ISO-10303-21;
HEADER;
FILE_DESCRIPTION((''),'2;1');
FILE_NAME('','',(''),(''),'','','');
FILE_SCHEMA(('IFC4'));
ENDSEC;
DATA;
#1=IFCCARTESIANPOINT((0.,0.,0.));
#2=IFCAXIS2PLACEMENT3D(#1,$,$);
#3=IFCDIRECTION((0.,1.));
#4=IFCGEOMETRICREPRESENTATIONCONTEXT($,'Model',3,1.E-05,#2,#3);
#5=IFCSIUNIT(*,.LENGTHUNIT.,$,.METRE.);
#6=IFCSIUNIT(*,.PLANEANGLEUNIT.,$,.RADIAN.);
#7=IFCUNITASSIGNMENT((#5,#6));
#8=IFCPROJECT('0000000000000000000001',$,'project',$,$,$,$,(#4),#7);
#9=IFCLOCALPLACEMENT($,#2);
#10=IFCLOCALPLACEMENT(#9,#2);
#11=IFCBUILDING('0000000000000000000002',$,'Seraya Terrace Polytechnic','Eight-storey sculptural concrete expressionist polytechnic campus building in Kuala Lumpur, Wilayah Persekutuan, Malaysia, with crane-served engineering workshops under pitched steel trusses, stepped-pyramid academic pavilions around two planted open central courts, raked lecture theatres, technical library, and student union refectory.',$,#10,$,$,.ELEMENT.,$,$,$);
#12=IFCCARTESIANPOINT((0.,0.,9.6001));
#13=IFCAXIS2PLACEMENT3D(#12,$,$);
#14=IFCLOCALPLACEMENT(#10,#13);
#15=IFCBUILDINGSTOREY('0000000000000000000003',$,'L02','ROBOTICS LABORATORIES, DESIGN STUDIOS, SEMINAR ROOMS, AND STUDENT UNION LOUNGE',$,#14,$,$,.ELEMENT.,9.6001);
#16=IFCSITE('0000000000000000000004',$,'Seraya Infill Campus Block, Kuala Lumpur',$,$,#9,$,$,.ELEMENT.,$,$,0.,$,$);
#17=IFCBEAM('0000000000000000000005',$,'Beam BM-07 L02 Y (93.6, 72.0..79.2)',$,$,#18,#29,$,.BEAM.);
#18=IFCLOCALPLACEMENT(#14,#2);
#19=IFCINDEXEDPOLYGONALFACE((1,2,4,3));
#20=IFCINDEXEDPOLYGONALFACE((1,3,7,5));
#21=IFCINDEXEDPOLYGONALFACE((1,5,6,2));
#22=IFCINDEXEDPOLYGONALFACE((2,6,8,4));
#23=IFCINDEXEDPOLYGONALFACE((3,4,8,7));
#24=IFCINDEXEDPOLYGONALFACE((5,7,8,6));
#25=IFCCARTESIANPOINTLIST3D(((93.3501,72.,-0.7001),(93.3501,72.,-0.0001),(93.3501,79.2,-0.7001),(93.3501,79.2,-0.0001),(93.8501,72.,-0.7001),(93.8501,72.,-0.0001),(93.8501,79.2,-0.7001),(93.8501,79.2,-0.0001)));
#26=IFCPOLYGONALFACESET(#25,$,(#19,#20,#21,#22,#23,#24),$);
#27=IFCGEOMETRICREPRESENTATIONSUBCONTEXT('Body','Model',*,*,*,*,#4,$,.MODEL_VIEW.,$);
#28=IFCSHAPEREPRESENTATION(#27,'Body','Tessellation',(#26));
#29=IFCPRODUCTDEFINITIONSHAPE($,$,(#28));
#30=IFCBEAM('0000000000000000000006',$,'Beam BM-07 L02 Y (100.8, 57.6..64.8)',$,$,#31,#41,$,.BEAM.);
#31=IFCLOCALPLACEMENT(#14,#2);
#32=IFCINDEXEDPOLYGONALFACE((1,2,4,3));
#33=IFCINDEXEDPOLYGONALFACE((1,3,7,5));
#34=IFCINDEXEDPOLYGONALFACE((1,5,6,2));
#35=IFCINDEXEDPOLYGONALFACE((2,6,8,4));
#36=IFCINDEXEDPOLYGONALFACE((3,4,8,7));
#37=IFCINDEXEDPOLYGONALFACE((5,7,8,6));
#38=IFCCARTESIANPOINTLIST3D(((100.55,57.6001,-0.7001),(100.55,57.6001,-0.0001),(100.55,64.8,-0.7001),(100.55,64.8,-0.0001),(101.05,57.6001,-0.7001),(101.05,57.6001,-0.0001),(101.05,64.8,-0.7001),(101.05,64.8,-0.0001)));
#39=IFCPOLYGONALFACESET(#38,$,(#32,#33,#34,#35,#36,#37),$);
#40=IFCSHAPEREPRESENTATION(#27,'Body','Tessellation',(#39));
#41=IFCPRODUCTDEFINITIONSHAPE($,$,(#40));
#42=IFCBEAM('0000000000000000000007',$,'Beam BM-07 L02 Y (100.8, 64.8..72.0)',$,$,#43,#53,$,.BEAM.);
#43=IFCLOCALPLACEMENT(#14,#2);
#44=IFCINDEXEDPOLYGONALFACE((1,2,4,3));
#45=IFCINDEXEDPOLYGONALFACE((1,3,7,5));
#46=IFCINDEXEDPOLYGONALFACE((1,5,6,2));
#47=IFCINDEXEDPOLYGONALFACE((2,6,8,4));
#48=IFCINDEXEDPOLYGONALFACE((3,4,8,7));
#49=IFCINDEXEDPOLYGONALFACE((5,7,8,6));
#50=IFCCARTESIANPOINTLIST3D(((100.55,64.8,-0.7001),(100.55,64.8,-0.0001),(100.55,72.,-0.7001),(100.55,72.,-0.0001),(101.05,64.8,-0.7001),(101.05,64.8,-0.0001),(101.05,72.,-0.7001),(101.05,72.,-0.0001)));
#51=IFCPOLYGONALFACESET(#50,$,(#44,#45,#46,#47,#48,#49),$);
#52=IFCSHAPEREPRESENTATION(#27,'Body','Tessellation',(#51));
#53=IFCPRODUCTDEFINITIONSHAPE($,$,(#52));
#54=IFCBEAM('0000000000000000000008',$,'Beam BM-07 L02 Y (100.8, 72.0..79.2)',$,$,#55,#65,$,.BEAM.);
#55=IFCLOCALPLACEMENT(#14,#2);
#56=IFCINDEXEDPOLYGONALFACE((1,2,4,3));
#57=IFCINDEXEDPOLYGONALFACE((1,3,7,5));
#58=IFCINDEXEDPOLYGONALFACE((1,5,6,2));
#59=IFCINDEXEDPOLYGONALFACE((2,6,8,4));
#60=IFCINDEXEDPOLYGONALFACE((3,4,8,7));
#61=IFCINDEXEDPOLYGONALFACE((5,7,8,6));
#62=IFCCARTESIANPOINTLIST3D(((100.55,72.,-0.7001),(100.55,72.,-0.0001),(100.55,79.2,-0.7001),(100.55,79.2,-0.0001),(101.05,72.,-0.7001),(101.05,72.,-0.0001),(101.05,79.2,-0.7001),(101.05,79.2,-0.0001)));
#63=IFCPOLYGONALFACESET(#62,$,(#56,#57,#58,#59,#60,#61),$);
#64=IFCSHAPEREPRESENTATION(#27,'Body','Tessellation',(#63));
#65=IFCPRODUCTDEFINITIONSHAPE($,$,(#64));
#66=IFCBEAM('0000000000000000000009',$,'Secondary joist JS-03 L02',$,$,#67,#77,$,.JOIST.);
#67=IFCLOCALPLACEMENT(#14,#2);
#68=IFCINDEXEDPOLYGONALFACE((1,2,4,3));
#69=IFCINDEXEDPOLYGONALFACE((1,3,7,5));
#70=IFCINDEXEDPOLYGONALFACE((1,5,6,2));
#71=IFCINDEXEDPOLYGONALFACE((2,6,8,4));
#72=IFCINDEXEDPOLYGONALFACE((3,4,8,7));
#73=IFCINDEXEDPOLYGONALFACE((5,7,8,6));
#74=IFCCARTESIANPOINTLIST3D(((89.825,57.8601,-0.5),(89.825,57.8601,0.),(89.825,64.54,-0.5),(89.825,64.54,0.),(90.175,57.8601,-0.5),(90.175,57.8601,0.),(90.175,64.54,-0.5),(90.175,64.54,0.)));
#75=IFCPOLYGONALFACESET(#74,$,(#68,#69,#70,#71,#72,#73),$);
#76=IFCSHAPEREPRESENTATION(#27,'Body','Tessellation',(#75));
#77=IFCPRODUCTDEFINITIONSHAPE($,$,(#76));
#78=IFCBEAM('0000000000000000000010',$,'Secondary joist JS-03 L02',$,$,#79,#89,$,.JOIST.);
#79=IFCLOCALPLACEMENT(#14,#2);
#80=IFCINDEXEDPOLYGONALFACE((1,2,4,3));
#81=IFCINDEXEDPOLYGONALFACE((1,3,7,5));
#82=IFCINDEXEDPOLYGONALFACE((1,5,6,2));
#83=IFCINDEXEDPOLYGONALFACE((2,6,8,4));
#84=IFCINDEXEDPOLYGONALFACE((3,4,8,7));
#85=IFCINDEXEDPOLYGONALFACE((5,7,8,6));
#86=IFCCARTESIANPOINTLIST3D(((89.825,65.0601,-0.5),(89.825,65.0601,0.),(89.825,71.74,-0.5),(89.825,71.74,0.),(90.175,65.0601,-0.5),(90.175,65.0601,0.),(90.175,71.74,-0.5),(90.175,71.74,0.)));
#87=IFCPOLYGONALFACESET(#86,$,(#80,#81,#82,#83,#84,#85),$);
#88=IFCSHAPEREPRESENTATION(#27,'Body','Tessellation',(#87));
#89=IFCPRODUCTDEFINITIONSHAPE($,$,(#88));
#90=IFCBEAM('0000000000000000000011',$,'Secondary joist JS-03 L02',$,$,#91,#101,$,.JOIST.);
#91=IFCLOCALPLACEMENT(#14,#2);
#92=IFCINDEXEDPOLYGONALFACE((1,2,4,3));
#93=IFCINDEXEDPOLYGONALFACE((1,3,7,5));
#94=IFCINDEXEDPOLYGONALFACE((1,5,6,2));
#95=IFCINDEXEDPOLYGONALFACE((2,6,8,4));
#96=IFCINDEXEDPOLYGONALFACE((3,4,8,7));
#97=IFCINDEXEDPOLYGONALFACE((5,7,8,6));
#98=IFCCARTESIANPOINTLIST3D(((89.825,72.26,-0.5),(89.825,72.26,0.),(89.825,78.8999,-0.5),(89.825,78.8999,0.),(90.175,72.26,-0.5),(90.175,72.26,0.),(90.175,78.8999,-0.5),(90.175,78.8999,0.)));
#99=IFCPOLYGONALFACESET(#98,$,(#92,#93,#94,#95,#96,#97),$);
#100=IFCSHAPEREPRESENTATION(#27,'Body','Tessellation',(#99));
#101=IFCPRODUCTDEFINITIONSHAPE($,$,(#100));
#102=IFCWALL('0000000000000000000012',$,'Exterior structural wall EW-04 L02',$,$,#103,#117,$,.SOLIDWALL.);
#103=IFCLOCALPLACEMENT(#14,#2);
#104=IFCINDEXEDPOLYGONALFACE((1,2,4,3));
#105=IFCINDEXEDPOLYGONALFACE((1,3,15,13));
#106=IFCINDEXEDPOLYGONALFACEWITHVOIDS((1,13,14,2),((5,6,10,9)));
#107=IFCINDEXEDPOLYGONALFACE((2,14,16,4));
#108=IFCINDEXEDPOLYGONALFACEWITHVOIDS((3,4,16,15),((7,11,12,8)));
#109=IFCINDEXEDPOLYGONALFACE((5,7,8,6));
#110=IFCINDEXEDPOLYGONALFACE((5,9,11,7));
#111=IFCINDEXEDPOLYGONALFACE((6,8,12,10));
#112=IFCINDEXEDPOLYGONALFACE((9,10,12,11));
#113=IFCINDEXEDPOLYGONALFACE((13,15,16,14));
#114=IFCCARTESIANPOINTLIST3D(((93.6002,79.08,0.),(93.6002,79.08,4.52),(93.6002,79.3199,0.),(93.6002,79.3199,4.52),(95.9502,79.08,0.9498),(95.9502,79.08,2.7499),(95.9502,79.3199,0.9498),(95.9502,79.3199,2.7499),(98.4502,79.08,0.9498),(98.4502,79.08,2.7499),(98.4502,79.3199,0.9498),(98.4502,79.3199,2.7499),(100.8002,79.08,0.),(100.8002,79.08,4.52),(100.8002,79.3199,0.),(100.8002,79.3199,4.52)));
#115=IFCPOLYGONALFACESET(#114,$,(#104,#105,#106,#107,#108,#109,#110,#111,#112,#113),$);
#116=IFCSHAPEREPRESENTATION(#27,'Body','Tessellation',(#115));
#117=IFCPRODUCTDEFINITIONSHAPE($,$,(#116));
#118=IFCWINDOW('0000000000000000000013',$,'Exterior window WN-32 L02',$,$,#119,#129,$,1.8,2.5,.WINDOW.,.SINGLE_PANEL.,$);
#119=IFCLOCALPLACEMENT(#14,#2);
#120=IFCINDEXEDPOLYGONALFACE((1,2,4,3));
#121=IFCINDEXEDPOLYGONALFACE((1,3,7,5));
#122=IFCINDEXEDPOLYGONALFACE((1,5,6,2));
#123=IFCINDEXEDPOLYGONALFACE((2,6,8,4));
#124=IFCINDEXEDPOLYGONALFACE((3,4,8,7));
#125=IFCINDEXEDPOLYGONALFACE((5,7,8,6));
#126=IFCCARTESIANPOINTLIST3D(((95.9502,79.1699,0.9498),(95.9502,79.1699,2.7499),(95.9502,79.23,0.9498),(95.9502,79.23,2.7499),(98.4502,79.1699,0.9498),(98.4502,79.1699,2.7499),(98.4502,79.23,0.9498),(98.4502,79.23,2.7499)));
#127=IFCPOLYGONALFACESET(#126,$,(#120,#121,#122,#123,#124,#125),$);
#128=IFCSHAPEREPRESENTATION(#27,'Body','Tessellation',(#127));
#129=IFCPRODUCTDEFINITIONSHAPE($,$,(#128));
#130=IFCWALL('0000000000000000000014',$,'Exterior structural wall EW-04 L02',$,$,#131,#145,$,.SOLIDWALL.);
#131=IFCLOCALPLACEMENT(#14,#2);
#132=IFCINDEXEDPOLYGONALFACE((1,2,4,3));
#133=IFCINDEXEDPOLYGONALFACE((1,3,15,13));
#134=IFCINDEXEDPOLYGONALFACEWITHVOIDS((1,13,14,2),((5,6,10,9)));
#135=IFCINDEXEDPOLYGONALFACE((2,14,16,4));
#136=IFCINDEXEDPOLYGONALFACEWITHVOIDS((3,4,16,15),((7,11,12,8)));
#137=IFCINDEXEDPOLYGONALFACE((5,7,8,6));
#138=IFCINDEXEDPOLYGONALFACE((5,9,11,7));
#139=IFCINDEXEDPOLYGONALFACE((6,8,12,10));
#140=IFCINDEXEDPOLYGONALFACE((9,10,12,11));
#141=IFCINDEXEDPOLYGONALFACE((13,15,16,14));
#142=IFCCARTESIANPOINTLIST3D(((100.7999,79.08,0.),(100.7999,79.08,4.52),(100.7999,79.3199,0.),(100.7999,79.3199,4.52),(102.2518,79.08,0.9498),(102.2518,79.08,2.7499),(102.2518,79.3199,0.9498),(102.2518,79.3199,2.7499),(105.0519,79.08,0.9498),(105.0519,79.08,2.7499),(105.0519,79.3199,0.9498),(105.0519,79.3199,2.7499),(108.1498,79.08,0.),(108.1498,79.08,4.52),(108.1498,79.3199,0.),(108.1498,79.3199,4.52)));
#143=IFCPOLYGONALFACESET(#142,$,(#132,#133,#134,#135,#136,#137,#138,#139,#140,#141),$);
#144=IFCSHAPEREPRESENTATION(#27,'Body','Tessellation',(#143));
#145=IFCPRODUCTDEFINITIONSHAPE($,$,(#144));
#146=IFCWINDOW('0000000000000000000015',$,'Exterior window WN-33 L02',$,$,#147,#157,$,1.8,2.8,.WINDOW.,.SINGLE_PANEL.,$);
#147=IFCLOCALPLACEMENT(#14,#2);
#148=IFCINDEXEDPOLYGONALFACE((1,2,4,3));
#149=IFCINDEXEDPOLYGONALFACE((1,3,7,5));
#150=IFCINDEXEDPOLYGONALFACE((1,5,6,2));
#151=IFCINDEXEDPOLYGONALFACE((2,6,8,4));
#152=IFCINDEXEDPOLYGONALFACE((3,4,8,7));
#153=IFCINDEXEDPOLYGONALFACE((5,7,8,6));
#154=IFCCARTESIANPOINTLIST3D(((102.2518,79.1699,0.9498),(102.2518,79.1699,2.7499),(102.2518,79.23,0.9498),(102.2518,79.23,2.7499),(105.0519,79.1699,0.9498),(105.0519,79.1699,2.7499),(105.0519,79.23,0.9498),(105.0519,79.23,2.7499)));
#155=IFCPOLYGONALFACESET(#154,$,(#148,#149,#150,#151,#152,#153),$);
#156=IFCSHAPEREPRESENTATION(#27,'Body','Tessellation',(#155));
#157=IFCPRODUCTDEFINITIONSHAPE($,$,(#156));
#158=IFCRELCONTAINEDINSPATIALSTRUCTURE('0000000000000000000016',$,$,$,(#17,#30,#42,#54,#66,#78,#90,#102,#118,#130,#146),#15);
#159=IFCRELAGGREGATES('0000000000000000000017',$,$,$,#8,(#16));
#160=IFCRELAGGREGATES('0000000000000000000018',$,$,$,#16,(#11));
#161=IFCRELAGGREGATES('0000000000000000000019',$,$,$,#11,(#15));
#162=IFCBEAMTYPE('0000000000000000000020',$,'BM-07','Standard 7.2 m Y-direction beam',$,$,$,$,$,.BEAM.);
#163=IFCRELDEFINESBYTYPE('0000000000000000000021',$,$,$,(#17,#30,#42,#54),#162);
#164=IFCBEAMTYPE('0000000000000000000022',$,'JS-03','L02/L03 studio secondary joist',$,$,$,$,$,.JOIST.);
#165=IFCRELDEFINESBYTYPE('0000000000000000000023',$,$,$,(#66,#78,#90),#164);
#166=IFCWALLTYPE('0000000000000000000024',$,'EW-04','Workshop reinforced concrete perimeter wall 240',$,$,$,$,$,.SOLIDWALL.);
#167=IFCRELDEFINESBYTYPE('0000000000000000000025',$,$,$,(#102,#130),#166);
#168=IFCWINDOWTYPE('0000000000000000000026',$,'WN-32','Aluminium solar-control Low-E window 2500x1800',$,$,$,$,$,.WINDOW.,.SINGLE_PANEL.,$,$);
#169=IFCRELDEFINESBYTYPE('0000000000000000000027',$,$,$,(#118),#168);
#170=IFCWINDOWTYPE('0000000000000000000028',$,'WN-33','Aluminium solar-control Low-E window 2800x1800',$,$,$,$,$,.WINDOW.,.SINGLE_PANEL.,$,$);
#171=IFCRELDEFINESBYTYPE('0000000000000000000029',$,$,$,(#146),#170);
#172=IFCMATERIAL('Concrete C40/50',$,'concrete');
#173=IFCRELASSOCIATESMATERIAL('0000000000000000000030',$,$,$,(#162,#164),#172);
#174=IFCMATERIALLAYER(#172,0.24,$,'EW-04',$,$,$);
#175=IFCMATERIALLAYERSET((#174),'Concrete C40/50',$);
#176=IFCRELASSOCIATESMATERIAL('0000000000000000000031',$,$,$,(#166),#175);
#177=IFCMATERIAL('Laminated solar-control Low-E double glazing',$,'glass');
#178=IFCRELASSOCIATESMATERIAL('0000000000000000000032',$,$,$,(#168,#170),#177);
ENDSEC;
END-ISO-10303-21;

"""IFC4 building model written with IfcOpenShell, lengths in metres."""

from ifc_helpers import new_model, si_unit, direction, frame, frame_2d, origin, origin_2d, place, context, subcontext, project, spatial, rectangle, extrude, material, layer, layer_set, material_profile, profile_set, type_object, element, fill, save


model = new_model("IFC4")

# Units and contexts
model_context = context("Model", 3, precision=1e-05, world=origin(), true_north=direction((0.0, 1.0)))
body_context = subcontext(model_context, "Body", "Model", "MODEL_VIEW")
ifc_project = project(units=[si_unit("LENGTHUNIT", "METRE"), si_unit("PLANEANGLEUNIT", "RADIAN")], contexts=[model_context])

# Site, building, storey
site_placement = place(None, origin())
site = spatial("IfcSite", under=ifc_project, at=site_placement, Name="Seraya Infill Campus Block, Kuala Lumpur", CompositionType="ELEMENT", RefElevation=0.0)
building_placement = place(site_placement, origin())
building = spatial("IfcBuilding", under=site, at=building_placement, Name="Seraya Terrace Polytechnic", Description="Eight-storey sculptural concrete expressionist polytechnic campus building in Kuala Lumpur, Wilayah Persekutuan, Malaysia, with crane-served engineering workshops under pitched steel trusses, stepped-pyramid academic pavilions around two planted open central courts, raked lecture theatres, technical library, and student union refectory.", CompositionType="ELEMENT")
storey_placement = place(building_placement, frame((0.0, 0.0, 9.6001)))
storey = spatial("IfcBuildingStorey", under=building, at=storey_placement, Name="L02", Description="ROBOTICS LABORATORIES, DESIGN STUDIOS, SEMINAR ROOMS, AND STUDENT UNION LOUNGE", CompositionType="ELEMENT", Elevation=9.6001)

# Shared definitions
ifc_material_1 = material(Name="Concrete C40/50", Category="concrete")

# Beams
ifc_material_profile_1 = material_profile(ifc_material_1, rectangle(XDim=0.5, YDim=0.7, at=origin_2d()), Name="RC 500x700")
ifc_profile_set_1 = profile_set([ifc_material_profile_1], Name="Concrete C40/50")
beam_type_1 = type_object("IfcBeamType", Name="BM-07", Description="Standard 7.2 m Y-direction beam", PredefinedType="BEAM", material=ifc_profile_set_1)
for number, where, z_axis, x_axis, name in (
    (1, (93.6001, 72.0, -0.3501), (0.0, 1.0, 0.0), (-1.0, 0.0, 0.0), "Beam BM-07 L02 Y (93.6, 72.0..79.2)"),
    (2, (100.8, 57.6001, -0.3501), (0.0, 1.0, 0.0), (-1.0, 0.0, 0.0), "Beam BM-07 L02 Y (100.8, 57.6..64.8)"),
    (3, (100.8, 64.8, -0.3501), (0.0, 1.0, 0.0), (-1.0, 0.0, 0.0), "Beam BM-07 L02 Y (100.8, 64.8..72.0)"),
    (4, (100.8, 72.0, -0.3501), (0.0, 1.0, 0.0), (-1.0, 0.0, 0.0), "Beam BM-07 L02 Y (100.8, 72.0..79.2)"),
):
    element("IfcBeam", number, at=place(storey_placement, frame(where, z_axis=z_axis, x_axis=x_axis)), inside=storey, type_object=beam_type_1, Name=name, PredefinedType="BEAM", context=body_context, shape_type="SweptSolid", body=[
        extrude(rectangle(XDim=0.5, YDim=0.7, at=origin_2d()), origin(), (0.0, 0.0, 1.0), 7.2),
    ])
ifc_material_profile_2 = material_profile(ifc_material_1, rectangle(XDim=0.3501, YDim=0.5, at=origin_2d()), Name="RC 350x500")
ifc_profile_set_2 = profile_set([ifc_material_profile_2], Name="Concrete C40/50")
beam_type_2 = type_object("IfcBeamType", Name="JS-03", Description="L02/L03 studio secondary joist", PredefinedType="JOIST", material=ifc_profile_set_2)
for number, where, z_axis, x_axis, name in (
    (5, (90.0, 57.8601, -0.25), (0.0, 1.0, 0.0), (-1.0, 0.0, 0.0), "Secondary joist JS-03 L02"),
    (6, (90.0, 65.0601, -0.25), (0.0, 1.0, 0.0), (-1.0, 0.0, 0.0), "Secondary joist JS-03 L02"),
):
    element("IfcBeam", number, at=place(storey_placement, frame(where, z_axis=z_axis, x_axis=x_axis)), inside=storey, type_object=beam_type_2, Name=name, PredefinedType="JOIST", context=body_context, shape_type="SweptSolid", body=[
        extrude(rectangle(XDim=0.3501, YDim=0.5, at=origin_2d()), origin(), (0.0, 0.0, 1.0), 6.6799),
    ])
beam_placement = place(storey_placement, frame((90.0, 72.26, -0.25), z_axis=(0.0, 1.0, 0.0), x_axis=(-1.0, 0.0, 0.0)))
element("IfcBeam", 7, at=beam_placement, inside=storey, type_object=beam_type_2, Name="Secondary joist JS-03 L02", PredefinedType="JOIST", context=body_context, shape_type="SweptSolid", body=[
    extrude(rectangle(XDim=0.3501, YDim=0.5, at=origin_2d()), origin(), (0.0, 0.0, 1.0), 6.6399),
])

# Walls, openings, windows
ifc_layer = layer(ifc_material_1, 0.24, Name="EW-04")
ifc_layer_set = layer_set([ifc_layer], Name="Concrete C40/50")
wall_type = type_object("IfcWallType", Name="EW-04", Description="Workshop reinforced concrete perimeter wall 240", PredefinedType="SOLIDWALL", material=ifc_layer_set)
wall_1_placement = place(storey_placement, frame((93.6001, 79.2, 0.0), z_axis=(0.0, 0.0, 1.0), x_axis=(1.0, 0.0, 0.0)))
wall_1 = element("IfcWall", 8, at=wall_1_placement, inside=storey, type_object=wall_type, Name="Exterior structural wall EW-04 L02", PredefinedType="SOLIDWALL", context=body_context, shape_type="SweptSolid", body=[
    extrude(rectangle(XDim=7.2, YDim=0.24, at=frame_2d((3.6001, 0.0))), origin(), (0.0, 0.0, 1.0), 4.52),
])
opening_1_placement = place(wall_1_placement, frame((2.3501, 0.0, 0.95)))
opening_1 = element("IfcOpeningElement", 9, at=opening_1_placement, cuts=wall_1, PredefinedType="OPENING", context=body_context, shape_type="SweptSolid", body=[
    extrude(rectangle(XDim=2.5, YDim=1.8, at=frame_2d((1.25, 0.8999))), frame((0.0, 0.1318, 0.0), z_axis=(0.0, -1.0, 0.0), x_axis=(1.0, 0.0, 0.0)), (0.0, 0.0, 1.0), 0.2639),
])
ifc_material_2 = material(Name="Laminated solar-control Low-E double glazing", Category="glass")
window_type_1 = type_object("IfcWindowType", Name="WN-32", Description="Aluminium solar-control Low-E window 2500x1800", PartitioningType="SINGLE_PANEL", PredefinedType="WINDOW", material=ifc_material_2)
window_1_placement = place(opening_1_placement, origin())
window_1 = element("IfcWindow", 10, at=window_1_placement, inside=storey, type_object=window_type_1, Name="Exterior window WN-32 L02", OverallHeight=1.8, OverallWidth=2.5, PartitioningType="SINGLE_PANEL", PredefinedType="WINDOW", context=body_context, shape_type="SweptSolid", body=[
    extrude(rectangle(XDim=2.5, YDim=1.8, at=frame_2d((1.25, 0.8999))), frame((0.0, 0.03, 0.0), z_axis=(0.0, -1.0, 0.0), x_axis=(1.0, 0.0, 0.0)), (0.0, 0.0, 1.0), 0.0601),
])
fill(opening_1, window_1)
wall_2_placement = place(storey_placement, frame((100.8, 79.2, 0.0), z_axis=(0.0, 0.0, 1.0), x_axis=(1.0, 0.0, 0.0)))
wall_2 = element("IfcWall", 11, at=wall_2_placement, inside=storey, type_object=wall_type, Name="Exterior structural wall EW-04 L02", PredefinedType="SOLIDWALL", context=body_context, shape_type="SweptSolid", body=[
    extrude(rectangle(XDim=7.3499, YDim=0.24, at=frame_2d((3.6748, 0.0))), origin(), (0.0, 0.0, 1.0), 4.52),
])
opening_2_placement = place(wall_2_placement, frame((1.4519, 0.0, 0.95)))
opening_2 = element("IfcOpeningElement", 12, at=opening_2_placement, cuts=wall_2, PredefinedType="OPENING", context=body_context, shape_type="SweptSolid", body=[
    extrude(rectangle(XDim=2.8, YDim=1.8, at=frame_2d((1.3999, 0.8999))), frame((0.0, 0.1318, 0.0), z_axis=(0.0, -1.0, 0.0), x_axis=(1.0, 0.0, 0.0)), (0.0, 0.0, 1.0), 0.2639),
])
window_type_2 = type_object("IfcWindowType", Name="WN-33", Description="Aluminium solar-control Low-E window 2800x1800", PartitioningType="SINGLE_PANEL", PredefinedType="WINDOW", material=ifc_material_2)
window_2_placement = place(opening_2_placement, origin())
window_2 = element("IfcWindow", 13, at=window_2_placement, inside=storey, type_object=window_type_2, Name="Exterior window WN-33 L02", OverallHeight=1.8, OverallWidth=2.8, PartitioningType="SINGLE_PANEL", PredefinedType="WINDOW", context=body_context, shape_type="SweptSolid", body=[
    extrude(rectangle(XDim=2.8, YDim=1.8, at=frame_2d((1.3999, 0.8999))), frame((0.0, 0.03, 0.0), z_axis=(0.0, -1.0, 0.0), x_axis=(1.0, 0.0, 0.0)), (0.0, 0.0, 1.0), 0.0601),
])
fill(opening_2, window_2)

save(model, "model.ifc")
